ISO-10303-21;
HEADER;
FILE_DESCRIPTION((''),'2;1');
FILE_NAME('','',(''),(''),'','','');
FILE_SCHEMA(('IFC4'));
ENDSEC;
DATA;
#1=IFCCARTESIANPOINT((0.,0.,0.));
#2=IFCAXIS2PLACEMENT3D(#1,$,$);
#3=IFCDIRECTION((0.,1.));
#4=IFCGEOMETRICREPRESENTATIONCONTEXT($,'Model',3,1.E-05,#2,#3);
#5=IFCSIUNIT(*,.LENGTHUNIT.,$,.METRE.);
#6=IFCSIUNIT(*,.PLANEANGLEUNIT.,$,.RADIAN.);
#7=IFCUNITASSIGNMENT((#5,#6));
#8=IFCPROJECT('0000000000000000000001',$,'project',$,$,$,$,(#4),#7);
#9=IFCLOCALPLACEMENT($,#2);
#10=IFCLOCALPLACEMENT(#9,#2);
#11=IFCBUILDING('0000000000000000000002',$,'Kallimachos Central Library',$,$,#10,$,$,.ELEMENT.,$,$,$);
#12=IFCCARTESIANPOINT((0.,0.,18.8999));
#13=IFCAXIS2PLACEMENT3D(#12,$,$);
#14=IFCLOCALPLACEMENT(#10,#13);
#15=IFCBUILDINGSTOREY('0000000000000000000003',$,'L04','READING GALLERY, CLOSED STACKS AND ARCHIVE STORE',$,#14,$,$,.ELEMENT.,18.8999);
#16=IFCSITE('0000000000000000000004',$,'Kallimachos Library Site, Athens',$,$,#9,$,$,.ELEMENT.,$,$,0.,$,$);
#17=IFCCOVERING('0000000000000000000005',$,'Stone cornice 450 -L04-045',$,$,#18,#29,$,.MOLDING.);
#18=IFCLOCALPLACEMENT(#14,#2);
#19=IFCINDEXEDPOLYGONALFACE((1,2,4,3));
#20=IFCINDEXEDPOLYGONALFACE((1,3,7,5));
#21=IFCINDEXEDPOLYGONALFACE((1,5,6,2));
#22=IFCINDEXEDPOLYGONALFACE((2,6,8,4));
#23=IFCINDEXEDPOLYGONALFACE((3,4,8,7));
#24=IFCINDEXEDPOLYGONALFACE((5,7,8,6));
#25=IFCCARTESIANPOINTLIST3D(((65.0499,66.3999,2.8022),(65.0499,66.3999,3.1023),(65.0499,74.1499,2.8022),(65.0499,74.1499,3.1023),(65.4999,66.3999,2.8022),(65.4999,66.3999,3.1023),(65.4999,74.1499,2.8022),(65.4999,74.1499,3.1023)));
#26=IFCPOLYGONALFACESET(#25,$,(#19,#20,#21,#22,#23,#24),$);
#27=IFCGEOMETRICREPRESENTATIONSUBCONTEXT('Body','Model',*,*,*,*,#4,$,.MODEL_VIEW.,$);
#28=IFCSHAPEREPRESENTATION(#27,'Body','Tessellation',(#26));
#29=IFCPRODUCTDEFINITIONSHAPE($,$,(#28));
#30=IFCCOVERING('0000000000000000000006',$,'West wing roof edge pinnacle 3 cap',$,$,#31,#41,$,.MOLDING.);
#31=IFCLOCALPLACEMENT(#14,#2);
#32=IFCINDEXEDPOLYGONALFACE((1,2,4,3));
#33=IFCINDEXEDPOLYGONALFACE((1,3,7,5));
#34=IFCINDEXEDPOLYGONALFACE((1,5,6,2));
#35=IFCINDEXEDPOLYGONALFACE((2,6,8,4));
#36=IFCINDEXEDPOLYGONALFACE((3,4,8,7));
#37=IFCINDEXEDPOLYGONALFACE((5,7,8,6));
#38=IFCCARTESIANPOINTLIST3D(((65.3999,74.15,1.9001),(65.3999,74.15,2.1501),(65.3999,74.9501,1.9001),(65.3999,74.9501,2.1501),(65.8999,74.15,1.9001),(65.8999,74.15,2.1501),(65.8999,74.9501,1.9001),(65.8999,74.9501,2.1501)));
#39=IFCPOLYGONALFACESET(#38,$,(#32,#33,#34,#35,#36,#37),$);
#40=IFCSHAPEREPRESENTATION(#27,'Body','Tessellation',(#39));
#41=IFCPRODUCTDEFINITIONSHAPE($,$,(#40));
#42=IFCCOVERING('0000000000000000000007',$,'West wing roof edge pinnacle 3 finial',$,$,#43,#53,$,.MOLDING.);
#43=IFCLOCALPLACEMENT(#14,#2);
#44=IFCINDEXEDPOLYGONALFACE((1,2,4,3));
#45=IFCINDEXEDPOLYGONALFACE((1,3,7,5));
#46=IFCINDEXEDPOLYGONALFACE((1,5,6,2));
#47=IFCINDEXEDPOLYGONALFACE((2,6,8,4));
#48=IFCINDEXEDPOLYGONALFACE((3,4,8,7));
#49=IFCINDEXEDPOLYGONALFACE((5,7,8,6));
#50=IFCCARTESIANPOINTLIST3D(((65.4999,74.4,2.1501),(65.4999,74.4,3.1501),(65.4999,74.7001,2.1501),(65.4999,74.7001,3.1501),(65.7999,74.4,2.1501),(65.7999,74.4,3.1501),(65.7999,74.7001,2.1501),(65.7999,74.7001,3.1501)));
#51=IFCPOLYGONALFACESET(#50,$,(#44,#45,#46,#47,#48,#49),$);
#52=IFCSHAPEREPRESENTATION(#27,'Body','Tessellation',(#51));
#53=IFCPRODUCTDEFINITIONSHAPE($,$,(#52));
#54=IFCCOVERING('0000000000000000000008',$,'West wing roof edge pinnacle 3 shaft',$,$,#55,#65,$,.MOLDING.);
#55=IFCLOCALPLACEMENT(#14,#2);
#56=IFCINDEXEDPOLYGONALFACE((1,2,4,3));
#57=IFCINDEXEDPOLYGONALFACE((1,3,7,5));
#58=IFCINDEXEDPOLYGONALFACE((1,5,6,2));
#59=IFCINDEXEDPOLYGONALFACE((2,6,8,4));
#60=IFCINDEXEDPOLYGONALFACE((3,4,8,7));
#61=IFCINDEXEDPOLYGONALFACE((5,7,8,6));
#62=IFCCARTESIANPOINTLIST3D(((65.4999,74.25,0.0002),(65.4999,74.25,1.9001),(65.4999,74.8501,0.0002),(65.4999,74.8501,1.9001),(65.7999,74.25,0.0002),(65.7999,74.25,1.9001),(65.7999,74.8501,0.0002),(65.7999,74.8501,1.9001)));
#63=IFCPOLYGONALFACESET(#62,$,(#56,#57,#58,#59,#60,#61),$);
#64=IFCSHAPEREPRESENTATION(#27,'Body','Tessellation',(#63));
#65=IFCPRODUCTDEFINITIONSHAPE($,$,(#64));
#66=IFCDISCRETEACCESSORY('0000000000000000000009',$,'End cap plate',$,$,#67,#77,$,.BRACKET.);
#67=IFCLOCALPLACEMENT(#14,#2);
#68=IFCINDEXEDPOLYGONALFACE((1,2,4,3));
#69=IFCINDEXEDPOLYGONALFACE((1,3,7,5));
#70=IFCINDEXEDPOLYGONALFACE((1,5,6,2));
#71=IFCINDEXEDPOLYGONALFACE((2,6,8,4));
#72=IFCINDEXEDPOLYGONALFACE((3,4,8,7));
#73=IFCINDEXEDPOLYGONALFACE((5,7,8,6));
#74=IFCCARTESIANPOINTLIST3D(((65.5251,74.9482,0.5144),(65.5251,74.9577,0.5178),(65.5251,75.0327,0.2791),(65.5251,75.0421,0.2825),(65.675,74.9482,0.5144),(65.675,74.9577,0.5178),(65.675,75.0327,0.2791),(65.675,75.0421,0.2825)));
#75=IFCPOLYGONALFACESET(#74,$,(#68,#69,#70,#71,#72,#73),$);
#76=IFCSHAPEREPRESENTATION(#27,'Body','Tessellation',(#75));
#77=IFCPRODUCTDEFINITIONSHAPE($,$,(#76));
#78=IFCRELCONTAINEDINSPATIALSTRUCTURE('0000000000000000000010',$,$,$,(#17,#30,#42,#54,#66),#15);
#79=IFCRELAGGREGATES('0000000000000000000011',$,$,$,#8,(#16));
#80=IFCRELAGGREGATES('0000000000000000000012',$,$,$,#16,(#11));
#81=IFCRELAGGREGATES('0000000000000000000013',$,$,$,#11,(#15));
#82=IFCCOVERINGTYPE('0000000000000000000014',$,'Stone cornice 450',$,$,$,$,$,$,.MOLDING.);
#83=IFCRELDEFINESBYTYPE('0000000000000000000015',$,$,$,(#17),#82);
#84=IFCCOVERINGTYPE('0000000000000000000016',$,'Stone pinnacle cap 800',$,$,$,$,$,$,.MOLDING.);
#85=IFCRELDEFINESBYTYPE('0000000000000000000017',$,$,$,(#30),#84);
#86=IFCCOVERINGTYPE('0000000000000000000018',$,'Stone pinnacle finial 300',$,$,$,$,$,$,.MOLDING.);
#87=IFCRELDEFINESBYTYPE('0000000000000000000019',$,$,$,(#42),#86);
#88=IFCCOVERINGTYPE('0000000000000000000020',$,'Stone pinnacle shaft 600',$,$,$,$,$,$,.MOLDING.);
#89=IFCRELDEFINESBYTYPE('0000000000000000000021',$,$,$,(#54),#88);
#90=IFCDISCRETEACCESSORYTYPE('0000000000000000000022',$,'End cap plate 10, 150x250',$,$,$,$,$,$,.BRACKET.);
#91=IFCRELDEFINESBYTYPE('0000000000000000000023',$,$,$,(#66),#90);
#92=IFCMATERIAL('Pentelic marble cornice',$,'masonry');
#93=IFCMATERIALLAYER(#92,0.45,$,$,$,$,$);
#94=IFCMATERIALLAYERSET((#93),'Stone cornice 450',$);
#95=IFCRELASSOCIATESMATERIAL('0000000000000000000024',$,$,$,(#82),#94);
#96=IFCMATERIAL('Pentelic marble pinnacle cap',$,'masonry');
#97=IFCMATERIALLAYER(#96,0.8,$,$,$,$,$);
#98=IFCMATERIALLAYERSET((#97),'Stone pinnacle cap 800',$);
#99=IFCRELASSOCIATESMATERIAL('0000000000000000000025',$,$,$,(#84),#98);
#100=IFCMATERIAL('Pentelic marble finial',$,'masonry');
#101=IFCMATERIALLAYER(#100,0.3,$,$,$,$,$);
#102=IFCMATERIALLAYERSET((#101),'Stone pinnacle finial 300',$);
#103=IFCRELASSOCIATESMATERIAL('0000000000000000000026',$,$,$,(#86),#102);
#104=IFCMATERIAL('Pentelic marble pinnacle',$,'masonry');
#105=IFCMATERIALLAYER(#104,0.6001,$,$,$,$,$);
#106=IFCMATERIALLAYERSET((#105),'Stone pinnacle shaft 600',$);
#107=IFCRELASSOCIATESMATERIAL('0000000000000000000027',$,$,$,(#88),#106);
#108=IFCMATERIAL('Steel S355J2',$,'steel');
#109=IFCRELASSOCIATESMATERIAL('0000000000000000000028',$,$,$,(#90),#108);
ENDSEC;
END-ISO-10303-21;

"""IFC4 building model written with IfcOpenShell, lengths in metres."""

from ifc_helpers import new_model, si_unit, direction, frame, origin, origin_2d, place, context, subcontext, project, spatial, rectangle, extrude, material, layer, layer_set, material_profile, profile_set, type_object, element, save


model = new_model("IFC4")

# Units and contexts
model_context = context("Model", 3, precision=1e-05, world=origin(), true_north=direction((0.0, 1.0)))
body_context = subcontext(model_context, "Body", "Model", "MODEL_VIEW")
ifc_project = project(units=[si_unit("LENGTHUNIT", "METRE"), si_unit("PLANEANGLEUNIT", "RADIAN")], contexts=[model_context])

# Site, building, storey
site_placement = place(None, origin())
site = spatial("IfcSite", under=ifc_project, at=site_placement, Name="Kallimachos Library Site, Athens", CompositionType="ELEMENT", RefElevation=0.0)
building_placement = place(site_placement, origin())
building = spatial("IfcBuilding", under=site, at=building_placement, Name="Kallimachos Central Library", CompositionType="ELEMENT")
storey_placement = place(building_placement, frame((0.0, 0.0, 18.8999)))
storey = spatial("IfcBuildingStorey", under=building, at=storey_placement, Name="L04", Description="READING GALLERY, CLOSED STACKS AND ARCHIVE STORE", CompositionType="ELEMENT", Elevation=18.8999)

# Coverings
ifc_material_1 = material(Name="Pentelic marble cornice", Category="masonry")
ifc_layer_1 = layer(ifc_material_1, 0.45)
ifc_layer_set_1 = layer_set([ifc_layer_1], Name="Stone cornice 450")
covering_type_1 = type_object("IfcCoveringType", Name="Stone cornice 450", PredefinedType="MOLDING", material=ifc_layer_set_1)
covering_1_placement = place(storey_placement, frame((65.2749, 70.2749, 2.8022), z_axis=(0.0, 0.0, 1.0), x_axis=(1.0, 0.0, 0.0)))
element("IfcCovering", 1, at=covering_1_placement, inside=storey, type_object=covering_type_1, Name="Stone cornice 450 -L04-045", PredefinedType="MOLDING", context=body_context, shape_type="SweptSolid", body=[
    extrude(rectangle(XDim=0.45, YDim=7.75, at=origin_2d()), origin(), (0.0, 0.0, 1.0), 0.3),
])
ifc_material_2 = material(Name="Pentelic marble pinnacle cap", Category="masonry")
ifc_layer_2 = layer(ifc_material_2, 0.8)
ifc_layer_set_2 = layer_set([ifc_layer_2], Name="Stone pinnacle cap 800")
covering_type_2 = type_object("IfcCoveringType", Name="Stone pinnacle cap 800", PredefinedType="MOLDING", material=ifc_layer_set_2)
covering_2_placement = place(storey_placement, frame((65.6499, 74.55, 1.9001), z_axis=(0.0, 0.0, 1.0), x_axis=(1.0, 0.0, 0.0)))
element("IfcCovering", 2, at=covering_2_placement, inside=storey, type_object=covering_type_2, Name="West wing roof edge pinnacle 3 cap", PredefinedType="MOLDING", context=body_context, shape_type="SweptSolid", body=[
    extrude(rectangle(XDim=0.5, YDim=0.8, at=origin_2d()), origin(), (0.0, 0.0, 1.0), 0.25),
])
ifc_material_3 = material(Name="Pentelic marble finial", Category="masonry")
ifc_layer_3 = layer(ifc_material_3, 0.3)
ifc_layer_set_3 = layer_set([ifc_layer_3], Name="Stone pinnacle finial 300")
covering_type_3 = type_object("IfcCoveringType", Name="Stone pinnacle finial 300", PredefinedType="MOLDING", material=ifc_layer_set_3)
covering_3_placement = place(storey_placement, frame((65.6499, 74.55, 2.1501), z_axis=(0.0, 0.0, 1.0), x_axis=(1.0, 0.0, 0.0)))
element("IfcCovering", 3, at=covering_3_placement, inside=storey, type_object=covering_type_3, Name="West wing roof edge pinnacle 3 finial", PredefinedType="MOLDING", context=body_context, shape_type="SweptSolid", body=[
    extrude(rectangle(XDim=0.3, YDim=0.3, at=origin_2d()), origin(), (0.0, 0.0, 1.0), 1.0),
])
ifc_material_4 = material(Name="Pentelic marble pinnacle", Category="masonry")
ifc_layer_4 = layer(ifc_material_4, 0.6001)
ifc_layer_set_4 = layer_set([ifc_layer_4], Name="Stone pinnacle shaft 600")
covering_type_4 = type_object("IfcCoveringType", Name="Stone pinnacle shaft 600", PredefinedType="MOLDING", material=ifc_layer_set_4)
covering_4_placement = place(storey_placement, frame((65.6499, 74.55, 0.0002), z_axis=(0.0, 0.0, 1.0), x_axis=(1.0, 0.0, 0.0)))
element("IfcCovering", 4, at=covering_4_placement, inside=storey, type_object=covering_type_4, Name="West wing roof edge pinnacle 3 shaft", PredefinedType="MOLDING", context=body_context, shape_type="SweptSolid", body=[
    extrude(rectangle(XDim=0.3, YDim=0.6001, at=origin_2d()), origin(), (0.0, 0.0, 1.0), 1.8999),
])

# Discrete accessory
ifc_material_5 = material(Name="Steel S355J2", Category="steel")
ifc_material_profile_1 = material_profile(ifc_material_5, rectangle(XDim=0.1499, YDim=0.25, at=origin_2d()), Name="End cap plate 10, 150x250")
ifc_profile_set_1 = profile_set([ifc_material_profile_1], Name="Steel S355J2")
discrete_accessory_type = type_object("IfcDiscreteAccessoryType", Name="End cap plate 10, 150x250", PredefinedType="BRACKET", material=ifc_profile_set_1)
discrete_accessory_placement = place(storey_placement, frame((65.6001, 74.9905, 0.3967), z_axis=(0.0, 0.941195, 0.337865), x_axis=(-1.0, 0.0, 0.0)))
element("IfcDiscreteAccessory", 5, at=discrete_accessory_placement, inside=storey, type_object=discrete_accessory_type, Name="End cap plate", PredefinedType="BRACKET", context=body_context, shape_type="SweptSolid", body=[
    extrude(rectangle(XDim=0.1499, YDim=0.25, at=origin_2d()), origin(), (0.0, 0.0, 1.0), 0.01),
])

save(model, "model.ifc")
